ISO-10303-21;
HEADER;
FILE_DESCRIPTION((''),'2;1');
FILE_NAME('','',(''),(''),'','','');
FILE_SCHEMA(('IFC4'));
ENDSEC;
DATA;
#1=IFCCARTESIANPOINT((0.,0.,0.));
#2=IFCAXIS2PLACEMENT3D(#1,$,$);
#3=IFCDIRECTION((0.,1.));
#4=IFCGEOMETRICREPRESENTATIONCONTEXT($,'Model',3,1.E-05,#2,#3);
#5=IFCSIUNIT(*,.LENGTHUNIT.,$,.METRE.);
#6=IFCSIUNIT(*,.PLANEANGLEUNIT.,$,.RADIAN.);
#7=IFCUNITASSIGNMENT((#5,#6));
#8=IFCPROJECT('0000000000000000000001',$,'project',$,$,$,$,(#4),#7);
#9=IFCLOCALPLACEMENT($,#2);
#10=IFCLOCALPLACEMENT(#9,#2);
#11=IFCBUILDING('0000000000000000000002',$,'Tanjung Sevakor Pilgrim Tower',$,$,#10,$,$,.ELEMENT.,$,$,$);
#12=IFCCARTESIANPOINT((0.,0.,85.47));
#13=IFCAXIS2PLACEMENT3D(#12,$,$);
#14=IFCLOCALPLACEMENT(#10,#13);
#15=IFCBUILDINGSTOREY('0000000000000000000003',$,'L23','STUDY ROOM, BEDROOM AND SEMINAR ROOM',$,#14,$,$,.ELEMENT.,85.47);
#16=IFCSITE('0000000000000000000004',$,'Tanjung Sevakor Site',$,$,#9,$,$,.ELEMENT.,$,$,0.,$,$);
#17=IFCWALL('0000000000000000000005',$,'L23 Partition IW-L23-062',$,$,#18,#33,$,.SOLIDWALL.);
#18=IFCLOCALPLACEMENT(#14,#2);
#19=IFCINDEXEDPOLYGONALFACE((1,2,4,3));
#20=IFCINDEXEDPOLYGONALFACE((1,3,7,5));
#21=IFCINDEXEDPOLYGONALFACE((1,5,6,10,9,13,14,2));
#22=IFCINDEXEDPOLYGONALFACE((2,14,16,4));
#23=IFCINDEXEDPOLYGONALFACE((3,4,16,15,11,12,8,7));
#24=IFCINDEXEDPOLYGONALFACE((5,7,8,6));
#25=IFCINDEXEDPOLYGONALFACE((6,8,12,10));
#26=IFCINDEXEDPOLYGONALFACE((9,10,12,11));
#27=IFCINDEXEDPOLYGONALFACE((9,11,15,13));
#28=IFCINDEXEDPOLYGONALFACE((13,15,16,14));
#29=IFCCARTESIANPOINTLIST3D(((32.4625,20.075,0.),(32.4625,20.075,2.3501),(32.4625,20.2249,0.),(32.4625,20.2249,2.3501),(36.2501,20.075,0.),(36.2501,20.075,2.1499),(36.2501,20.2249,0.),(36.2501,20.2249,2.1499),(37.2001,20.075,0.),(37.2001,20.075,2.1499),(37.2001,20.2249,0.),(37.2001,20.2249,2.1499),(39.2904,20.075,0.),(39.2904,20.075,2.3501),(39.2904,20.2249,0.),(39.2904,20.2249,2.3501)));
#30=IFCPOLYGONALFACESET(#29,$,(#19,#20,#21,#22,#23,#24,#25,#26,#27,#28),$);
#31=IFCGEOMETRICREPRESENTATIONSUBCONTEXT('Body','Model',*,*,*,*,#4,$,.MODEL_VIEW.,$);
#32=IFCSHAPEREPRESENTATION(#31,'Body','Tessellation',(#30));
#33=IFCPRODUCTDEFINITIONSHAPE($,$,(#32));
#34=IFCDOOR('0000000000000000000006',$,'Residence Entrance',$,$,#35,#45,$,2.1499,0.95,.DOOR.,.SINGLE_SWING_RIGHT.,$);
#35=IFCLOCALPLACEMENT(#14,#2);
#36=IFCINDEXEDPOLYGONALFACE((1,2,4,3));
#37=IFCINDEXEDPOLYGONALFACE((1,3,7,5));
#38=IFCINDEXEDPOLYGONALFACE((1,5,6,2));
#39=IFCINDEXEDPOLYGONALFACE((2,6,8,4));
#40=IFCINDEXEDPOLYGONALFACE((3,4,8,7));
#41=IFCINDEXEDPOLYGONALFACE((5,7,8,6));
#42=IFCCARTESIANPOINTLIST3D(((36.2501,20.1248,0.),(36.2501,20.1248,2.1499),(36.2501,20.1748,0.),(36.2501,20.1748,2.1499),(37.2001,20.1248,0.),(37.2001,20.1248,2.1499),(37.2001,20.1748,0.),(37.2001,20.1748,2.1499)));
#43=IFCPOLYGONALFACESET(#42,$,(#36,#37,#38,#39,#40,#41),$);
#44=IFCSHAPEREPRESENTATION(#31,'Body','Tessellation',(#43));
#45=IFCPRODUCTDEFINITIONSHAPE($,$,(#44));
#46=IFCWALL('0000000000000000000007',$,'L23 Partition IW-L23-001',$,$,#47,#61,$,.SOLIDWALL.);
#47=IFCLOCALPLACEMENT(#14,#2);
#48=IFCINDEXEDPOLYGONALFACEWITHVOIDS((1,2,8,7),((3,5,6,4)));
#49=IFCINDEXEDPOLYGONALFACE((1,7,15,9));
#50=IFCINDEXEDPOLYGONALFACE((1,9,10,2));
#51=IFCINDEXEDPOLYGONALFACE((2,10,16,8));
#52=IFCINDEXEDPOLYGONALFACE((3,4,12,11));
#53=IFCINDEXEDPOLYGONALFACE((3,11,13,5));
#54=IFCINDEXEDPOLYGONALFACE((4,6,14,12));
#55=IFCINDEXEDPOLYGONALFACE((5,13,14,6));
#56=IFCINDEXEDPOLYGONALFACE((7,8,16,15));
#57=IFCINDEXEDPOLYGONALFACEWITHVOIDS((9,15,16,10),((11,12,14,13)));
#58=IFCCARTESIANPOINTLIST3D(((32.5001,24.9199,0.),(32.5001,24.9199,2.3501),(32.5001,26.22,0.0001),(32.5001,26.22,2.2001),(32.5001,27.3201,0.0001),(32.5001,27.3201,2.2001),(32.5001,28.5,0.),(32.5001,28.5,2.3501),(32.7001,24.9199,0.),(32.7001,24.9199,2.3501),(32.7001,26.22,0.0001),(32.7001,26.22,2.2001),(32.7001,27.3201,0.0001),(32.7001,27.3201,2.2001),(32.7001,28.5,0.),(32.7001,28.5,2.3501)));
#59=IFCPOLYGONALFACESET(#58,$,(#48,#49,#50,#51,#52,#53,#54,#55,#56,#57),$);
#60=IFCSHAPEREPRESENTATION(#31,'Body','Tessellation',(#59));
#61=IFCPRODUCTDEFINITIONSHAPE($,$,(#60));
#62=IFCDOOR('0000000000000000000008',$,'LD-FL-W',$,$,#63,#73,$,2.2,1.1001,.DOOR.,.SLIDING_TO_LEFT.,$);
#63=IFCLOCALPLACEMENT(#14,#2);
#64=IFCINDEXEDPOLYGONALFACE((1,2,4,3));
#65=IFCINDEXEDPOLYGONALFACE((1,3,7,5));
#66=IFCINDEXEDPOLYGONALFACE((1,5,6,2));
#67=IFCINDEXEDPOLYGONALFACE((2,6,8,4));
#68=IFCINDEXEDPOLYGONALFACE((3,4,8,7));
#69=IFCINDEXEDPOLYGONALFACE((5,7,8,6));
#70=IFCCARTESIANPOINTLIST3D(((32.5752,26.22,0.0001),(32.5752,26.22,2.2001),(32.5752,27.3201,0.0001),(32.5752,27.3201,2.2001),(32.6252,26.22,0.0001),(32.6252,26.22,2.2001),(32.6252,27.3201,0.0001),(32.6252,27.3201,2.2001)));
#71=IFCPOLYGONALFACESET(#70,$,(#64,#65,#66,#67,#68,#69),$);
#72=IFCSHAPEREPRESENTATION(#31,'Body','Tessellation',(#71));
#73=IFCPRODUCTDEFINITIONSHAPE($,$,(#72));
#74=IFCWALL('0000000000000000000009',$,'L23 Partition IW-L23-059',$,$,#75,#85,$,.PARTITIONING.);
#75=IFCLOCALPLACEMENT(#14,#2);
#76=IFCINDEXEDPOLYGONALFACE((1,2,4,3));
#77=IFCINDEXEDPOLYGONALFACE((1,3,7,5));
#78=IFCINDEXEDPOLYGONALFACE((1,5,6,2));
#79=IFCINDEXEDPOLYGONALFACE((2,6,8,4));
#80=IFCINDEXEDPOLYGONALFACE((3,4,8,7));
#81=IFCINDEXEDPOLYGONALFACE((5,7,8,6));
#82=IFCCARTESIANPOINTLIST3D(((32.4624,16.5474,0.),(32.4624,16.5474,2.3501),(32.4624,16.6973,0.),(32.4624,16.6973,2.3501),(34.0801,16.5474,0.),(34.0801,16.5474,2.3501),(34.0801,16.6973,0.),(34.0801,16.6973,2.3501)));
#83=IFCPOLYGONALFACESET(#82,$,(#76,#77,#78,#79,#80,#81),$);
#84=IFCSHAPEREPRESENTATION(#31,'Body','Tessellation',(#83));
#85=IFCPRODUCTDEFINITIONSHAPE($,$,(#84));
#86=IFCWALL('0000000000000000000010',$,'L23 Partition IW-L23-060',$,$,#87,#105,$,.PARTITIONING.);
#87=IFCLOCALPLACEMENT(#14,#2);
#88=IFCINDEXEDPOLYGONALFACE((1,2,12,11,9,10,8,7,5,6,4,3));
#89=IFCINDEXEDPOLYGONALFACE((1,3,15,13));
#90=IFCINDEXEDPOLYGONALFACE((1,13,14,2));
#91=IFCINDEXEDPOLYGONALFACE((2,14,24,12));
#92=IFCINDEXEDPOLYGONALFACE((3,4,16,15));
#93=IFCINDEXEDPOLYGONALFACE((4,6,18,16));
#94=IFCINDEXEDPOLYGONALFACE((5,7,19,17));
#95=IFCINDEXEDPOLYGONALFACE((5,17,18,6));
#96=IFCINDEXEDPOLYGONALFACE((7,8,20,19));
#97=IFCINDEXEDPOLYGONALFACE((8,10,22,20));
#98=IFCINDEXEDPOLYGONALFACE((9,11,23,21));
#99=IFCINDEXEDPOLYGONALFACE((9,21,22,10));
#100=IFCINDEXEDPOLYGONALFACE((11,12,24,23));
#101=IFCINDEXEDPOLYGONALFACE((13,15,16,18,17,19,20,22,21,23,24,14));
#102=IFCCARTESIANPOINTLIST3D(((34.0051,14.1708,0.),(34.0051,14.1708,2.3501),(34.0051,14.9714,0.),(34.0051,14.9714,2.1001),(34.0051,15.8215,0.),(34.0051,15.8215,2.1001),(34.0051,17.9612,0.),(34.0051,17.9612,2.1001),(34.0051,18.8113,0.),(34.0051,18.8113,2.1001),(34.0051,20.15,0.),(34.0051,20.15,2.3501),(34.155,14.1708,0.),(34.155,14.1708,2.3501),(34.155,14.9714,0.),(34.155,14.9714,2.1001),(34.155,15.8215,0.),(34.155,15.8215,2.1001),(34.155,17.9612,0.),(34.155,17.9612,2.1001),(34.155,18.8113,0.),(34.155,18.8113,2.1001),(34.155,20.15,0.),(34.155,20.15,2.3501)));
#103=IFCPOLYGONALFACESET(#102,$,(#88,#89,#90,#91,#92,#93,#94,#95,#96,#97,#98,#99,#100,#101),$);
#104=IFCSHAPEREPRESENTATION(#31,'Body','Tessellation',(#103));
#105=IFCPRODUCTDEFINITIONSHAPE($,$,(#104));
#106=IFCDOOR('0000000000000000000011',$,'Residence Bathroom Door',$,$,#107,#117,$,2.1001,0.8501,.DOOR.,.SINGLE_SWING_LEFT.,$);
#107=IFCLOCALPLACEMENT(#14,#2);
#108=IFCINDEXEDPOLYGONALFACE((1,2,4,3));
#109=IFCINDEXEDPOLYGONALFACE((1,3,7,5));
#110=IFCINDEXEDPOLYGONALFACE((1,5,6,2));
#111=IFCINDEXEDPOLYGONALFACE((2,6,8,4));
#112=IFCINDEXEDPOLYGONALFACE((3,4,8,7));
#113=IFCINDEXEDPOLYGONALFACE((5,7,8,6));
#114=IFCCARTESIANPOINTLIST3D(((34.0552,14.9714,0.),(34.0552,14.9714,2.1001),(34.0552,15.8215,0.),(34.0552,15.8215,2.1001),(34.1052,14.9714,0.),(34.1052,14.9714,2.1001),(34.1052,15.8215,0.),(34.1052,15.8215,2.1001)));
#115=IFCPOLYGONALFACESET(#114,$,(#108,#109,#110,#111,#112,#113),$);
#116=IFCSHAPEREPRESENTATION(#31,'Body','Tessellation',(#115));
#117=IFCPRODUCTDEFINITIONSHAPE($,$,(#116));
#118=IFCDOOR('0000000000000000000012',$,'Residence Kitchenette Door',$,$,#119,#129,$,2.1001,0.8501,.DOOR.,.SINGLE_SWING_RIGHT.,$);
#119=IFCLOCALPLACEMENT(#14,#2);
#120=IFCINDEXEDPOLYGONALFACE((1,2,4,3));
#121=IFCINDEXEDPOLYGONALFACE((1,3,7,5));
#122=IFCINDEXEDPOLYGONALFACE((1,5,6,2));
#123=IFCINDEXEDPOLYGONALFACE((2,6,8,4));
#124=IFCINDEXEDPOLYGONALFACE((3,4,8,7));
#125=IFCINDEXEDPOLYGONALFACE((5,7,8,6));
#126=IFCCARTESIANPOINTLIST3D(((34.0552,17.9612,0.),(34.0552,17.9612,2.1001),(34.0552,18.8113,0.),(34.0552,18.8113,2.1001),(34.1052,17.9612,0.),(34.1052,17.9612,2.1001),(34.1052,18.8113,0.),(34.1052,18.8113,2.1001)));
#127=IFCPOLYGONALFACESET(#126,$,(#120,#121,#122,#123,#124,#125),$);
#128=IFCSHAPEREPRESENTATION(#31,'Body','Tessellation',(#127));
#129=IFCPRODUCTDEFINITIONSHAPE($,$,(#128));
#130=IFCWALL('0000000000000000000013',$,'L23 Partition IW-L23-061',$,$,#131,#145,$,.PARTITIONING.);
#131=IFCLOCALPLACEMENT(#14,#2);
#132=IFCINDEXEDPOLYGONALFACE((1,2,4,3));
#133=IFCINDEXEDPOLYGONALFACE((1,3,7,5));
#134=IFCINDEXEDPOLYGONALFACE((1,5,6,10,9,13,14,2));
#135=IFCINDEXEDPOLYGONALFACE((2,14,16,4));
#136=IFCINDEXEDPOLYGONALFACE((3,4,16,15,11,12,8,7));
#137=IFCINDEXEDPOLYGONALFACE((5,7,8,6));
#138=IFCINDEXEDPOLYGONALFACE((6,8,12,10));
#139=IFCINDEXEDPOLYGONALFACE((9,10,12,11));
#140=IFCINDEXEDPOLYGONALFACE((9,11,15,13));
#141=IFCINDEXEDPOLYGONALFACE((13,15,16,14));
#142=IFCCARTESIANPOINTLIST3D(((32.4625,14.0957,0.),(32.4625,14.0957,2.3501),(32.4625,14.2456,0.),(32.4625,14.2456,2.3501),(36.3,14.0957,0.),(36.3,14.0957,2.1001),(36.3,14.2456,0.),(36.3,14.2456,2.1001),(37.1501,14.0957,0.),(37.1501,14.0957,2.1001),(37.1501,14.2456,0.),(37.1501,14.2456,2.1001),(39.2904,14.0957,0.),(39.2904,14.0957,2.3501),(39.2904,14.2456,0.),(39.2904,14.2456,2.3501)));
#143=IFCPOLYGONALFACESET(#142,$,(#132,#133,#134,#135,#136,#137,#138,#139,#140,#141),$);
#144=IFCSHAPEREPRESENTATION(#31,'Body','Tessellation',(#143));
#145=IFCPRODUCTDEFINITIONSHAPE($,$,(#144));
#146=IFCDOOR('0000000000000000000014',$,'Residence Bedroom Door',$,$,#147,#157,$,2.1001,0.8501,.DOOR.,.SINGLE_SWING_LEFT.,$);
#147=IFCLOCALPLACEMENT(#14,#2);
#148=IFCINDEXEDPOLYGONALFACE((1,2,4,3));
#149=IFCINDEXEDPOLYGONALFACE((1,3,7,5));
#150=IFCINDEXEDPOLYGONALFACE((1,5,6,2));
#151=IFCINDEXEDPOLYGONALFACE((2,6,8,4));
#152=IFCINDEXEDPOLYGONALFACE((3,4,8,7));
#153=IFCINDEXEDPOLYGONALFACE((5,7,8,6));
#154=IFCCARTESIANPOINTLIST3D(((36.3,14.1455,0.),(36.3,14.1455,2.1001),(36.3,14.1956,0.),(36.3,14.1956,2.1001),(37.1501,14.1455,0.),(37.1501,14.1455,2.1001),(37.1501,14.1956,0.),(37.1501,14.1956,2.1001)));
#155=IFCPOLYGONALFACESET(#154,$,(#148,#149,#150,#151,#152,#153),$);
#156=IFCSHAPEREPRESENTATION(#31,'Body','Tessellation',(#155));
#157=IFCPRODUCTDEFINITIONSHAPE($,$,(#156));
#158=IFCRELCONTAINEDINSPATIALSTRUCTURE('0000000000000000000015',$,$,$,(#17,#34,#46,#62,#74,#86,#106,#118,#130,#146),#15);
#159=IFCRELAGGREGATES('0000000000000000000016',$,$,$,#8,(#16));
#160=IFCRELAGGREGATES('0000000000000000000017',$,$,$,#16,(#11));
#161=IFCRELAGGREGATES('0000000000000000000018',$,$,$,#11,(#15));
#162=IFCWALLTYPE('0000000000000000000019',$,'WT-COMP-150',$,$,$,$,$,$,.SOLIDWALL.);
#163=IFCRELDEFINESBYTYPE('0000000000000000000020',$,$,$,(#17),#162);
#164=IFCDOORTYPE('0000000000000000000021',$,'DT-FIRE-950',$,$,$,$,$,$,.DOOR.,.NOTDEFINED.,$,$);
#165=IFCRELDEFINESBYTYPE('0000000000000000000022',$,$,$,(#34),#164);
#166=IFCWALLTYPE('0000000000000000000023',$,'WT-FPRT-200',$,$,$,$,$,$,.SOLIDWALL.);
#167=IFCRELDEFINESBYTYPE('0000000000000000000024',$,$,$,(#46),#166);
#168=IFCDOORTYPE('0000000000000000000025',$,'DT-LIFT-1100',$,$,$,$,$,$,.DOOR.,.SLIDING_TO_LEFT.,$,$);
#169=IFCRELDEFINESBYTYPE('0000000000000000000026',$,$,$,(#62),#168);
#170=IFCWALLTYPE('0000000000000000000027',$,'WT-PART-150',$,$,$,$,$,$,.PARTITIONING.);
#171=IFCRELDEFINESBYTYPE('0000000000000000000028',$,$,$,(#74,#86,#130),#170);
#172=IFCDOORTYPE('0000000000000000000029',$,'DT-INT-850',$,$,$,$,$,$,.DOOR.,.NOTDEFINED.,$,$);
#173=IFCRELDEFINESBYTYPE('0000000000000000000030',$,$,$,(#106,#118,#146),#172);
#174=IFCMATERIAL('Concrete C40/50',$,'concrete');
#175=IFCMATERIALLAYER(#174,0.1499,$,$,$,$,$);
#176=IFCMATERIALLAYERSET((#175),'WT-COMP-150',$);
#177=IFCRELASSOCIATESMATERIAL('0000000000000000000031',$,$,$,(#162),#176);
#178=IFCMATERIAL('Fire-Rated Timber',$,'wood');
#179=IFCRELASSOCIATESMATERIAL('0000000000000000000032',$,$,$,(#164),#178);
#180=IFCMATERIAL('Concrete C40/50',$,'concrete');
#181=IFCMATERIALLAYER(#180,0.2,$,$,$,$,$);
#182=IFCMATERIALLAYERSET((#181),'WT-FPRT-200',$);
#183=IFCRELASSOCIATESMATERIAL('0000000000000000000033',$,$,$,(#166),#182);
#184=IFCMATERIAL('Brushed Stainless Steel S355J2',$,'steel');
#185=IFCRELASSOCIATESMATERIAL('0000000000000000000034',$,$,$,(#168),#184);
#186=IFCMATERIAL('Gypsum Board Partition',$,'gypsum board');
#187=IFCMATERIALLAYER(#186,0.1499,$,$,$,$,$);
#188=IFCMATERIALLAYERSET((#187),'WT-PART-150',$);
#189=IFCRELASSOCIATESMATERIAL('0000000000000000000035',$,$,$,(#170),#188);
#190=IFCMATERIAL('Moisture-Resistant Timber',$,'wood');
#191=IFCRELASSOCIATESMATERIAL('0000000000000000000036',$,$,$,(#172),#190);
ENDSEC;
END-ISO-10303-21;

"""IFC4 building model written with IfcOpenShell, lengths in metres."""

from ifc_helpers import new_model, si_unit, direction, frame, frame_2d, origin, place, context, subcontext, project, spatial, rectangle, extrude, material, layer, layer_set, type_object, element, fill, save


model = new_model("IFC4")

# Units and contexts
model_context = context("Model", 3, precision=1e-05, world=origin(), true_north=direction((0.0, 1.0)))
body_context = subcontext(model_context, "Body", "Model", "MODEL_VIEW")
ifc_project = project(units=[si_unit("LENGTHUNIT", "METRE"), si_unit("PLANEANGLEUNIT", "RADIAN")], contexts=[model_context])

# Site, building, storey
site_placement = place(None, origin())
site = spatial("IfcSite", under=ifc_project, at=site_placement, Name="Tanjung Sevakor Site", CompositionType="ELEMENT", RefElevation=0.0)
building_placement = place(site_placement, origin())
building = spatial("IfcBuilding", under=site, at=building_placement, Name="Tanjung Sevakor Pilgrim Tower", CompositionType="ELEMENT")
storey_placement = place(building_placement, frame((0.0, 0.0, 85.47)))
storey = spatial("IfcBuildingStorey", under=building, at=storey_placement, Name="L23", Description="STUDY ROOM, BEDROOM AND SEMINAR ROOM", CompositionType="ELEMENT", Elevation=85.47)

# Shared definitions
ifc_material_1 = material(Name="Concrete C40/50", Category="concrete")
ifc_layer_1 = layer(ifc_material_1, 0.1499)
ifc_layer_set_1 = layer_set([ifc_layer_1], Name="WT-COMP-150")
wall_type_1 = type_object("IfcWallType", Name="WT-COMP-150", PredefinedType="SOLIDWALL", material=ifc_layer_set_1)

# Shared definitions
ifc_material_2 = material(Name="Fire-Rated Timber", Category="wood")
door_type_1 = type_object("IfcDoorType", Name="DT-FIRE-950", OperationType="NOTDEFINED", PredefinedType="DOOR", material=ifc_material_2)

# Walls, openings, doors
wall_1_placement = place(storey_placement, frame((32.4624, 20.1499, 0.0), z_axis=(0.0, 0.0, 1.0), x_axis=(1.0, 0.0, 0.0)))
wall_1 = element("IfcWall", 1, at=wall_1_placement, inside=storey, type_object=wall_type_1, Name="L23 Partition IW-L23-062", PredefinedType="SOLIDWALL", context=body_context, shape_type="SweptSolid", body=[
    extrude(rectangle(XDim=6.8279, YDim=0.1499, at=frame_2d((3.4141, 0.0))), origin(), (0.0, 0.0, 1.0), 2.3501),
])
opening_1_placement = place(wall_1_placement, frame((3.7876, 0.0, 0.0)))
opening_1 = element("IfcOpeningElement", 2, at=opening_1_placement, cuts=wall_1, PredefinedType="OPENING", context=body_context, shape_type="SweptSolid", body=[
    extrude(rectangle(XDim=0.95, YDim=2.1499, at=frame_2d((0.4751, 1.075))), frame((0.0, 0.085, 0.0), z_axis=(0.0, -1.0, 0.0), x_axis=(1.0, 0.0, 0.0)), (0.0, 0.0, 1.0), 0.1699),
])
door_1_placement = place(opening_1_placement, origin())
door_1 = element("IfcDoor", 3, at=door_1_placement, inside=storey, type_object=door_type_1, Name="Residence Entrance", OperationType="SINGLE_SWING_RIGHT", OverallHeight=2.1499, OverallWidth=0.95, PredefinedType="DOOR", context=body_context, shape_type="SweptSolid", body=[
    extrude(rectangle(XDim=0.95, YDim=2.1499, at=frame_2d((0.4751, 1.075))), frame((0.0, 0.0249, 0.0), z_axis=(0.0, -1.0, 0.0), x_axis=(1.0, 0.0, 0.0)), (0.0, 0.0, 1.0), 0.05),
])
fill(opening_1, door_1)
ifc_material_3 = material(Name="Concrete C40/50", Category="concrete")
ifc_layer_2 = layer(ifc_material_3, 0.2)
ifc_layer_set_2 = layer_set([ifc_layer_2], Name="WT-FPRT-200")
wall_type_2 = type_object("IfcWallType", Name="WT-FPRT-200", PredefinedType="SOLIDWALL", material=ifc_layer_set_2)
wall_2_placement = place(storey_placement, frame((32.6001, 24.9199, 0.0), z_axis=(0.0, 0.0, 1.0), x_axis=(0.0, 1.0, 0.0)))
wall_2 = element("IfcWall", 4, at=wall_2_placement, inside=storey, type_object=wall_type_2, Name="L23 Partition IW-L23-001", PredefinedType="SOLIDWALL", context=body_context, shape_type="SweptSolid", body=[
    extrude(rectangle(XDim=3.5801, YDim=0.2, at=frame_2d((1.79, 0.0))), origin(), (0.0, 0.0, 1.0), 2.3501),
])
opening_2_placement = place(wall_2_placement, frame((1.3, 0.0, 0.0)))
opening_2 = element("IfcOpeningElement", 5, at=opening_2_placement, cuts=wall_2, PredefinedType="OPENING", context=body_context, shape_type="SweptSolid", body=[
    extrude(rectangle(XDim=1.1001, YDim=2.2, at=frame_2d((0.55, 1.1001))), frame((0.0, 0.1099, 0.0), z_axis=(0.0, -1.0, 0.0), x_axis=(1.0, 0.0, 0.0)), (0.0, 0.0, 1.0), 0.22),
])
ifc_material_4 = material(Name="Brushed Stainless Steel S355J2", Category="steel")
door_type_2 = type_object("IfcDoorType", Name="DT-LIFT-1100", OperationType="SLIDING_TO_LEFT", PredefinedType="DOOR", material=ifc_material_4)
door_2_placement = place(opening_2_placement, origin())
door_2 = element("IfcDoor", 6, at=door_2_placement, inside=storey, type_object=door_type_2, Name="LD-FL-W", OperationType="SLIDING_TO_LEFT", OverallHeight=2.2, OverallWidth=1.1001, PredefinedType="DOOR", context=body_context, shape_type="SweptSolid", body=[
    extrude(rectangle(XDim=1.1001, YDim=2.2, at=frame_2d((0.55, 1.1001))), frame((0.0, 0.0249, 0.0), z_axis=(0.0, -1.0, 0.0), x_axis=(1.0, 0.0, 0.0)), (0.0, 0.0, 1.0), 0.05),
])
fill(opening_2, door_2)

# Wall
ifc_material_5 = material(Name="Gypsum Board Partition", Category="gypsum board")
ifc_layer_3 = layer(ifc_material_5, 0.1499)
ifc_layer_set_3 = layer_set([ifc_layer_3], Name="WT-PART-150")
wall_type_3 = type_object("IfcWallType", Name="WT-PART-150", PredefinedType="PARTITIONING", material=ifc_layer_set_3)
wall_3_placement = place(storey_placement, frame((32.4624, 16.6223, 0.0), z_axis=(0.0, 0.0, 1.0), x_axis=(1.0, 0.0, 0.0)))
element("IfcWall", 7, at=wall_3_placement, inside=storey, type_object=wall_type_3, Name="L23 Partition IW-L23-059", PredefinedType="PARTITIONING", context=body_context, shape_type="SweptSolid", body=[
    extrude(rectangle(XDim=1.6177, YDim=0.1499, at=frame_2d((0.8088, 0.0))), origin(), (0.0, 0.0, 1.0), 2.3501),
])

# Wall, openings, doors
wall_4_placement = place(storey_placement, frame((34.0801, 14.1707, 0.0), z_axis=(0.0, 0.0, 1.0), x_axis=(0.0, 1.0, 0.0)))
wall_4 = element("IfcWall", 8, at=wall_4_placement, inside=storey, type_object=wall_type_3, Name="L23 Partition IW-L23-060", PredefinedType="PARTITIONING", context=body_context, shape_type="SweptSolid", body=[
    extrude(rectangle(XDim=5.9792, YDim=0.1499, at=frame_2d((2.9897, 0.0))), origin(), (0.0, 0.0, 1.0), 2.3501),
])
opening_3_placement = place(wall_4_placement, frame((0.8008, 0.0, 0.0)))
opening_3 = element("IfcOpeningElement", 9, at=opening_3_placement, cuts=wall_4, PredefinedType="OPENING", context=body_context, shape_type="SweptSolid", body=[
    extrude(rectangle(XDim=0.8501, YDim=2.1001, at=frame_2d((0.425, 1.05))), frame((0.0, 0.085, 0.0), z_axis=(0.0, -1.0, 0.0), x_axis=(1.0, 0.0, 0.0)), (0.0, 0.0, 1.0), 0.1699),
])
opening_4_placement = place(wall_4_placement, frame((3.7905, 0.0, 0.0)))
opening_4 = element("IfcOpeningElement", 10, at=opening_4_placement, cuts=wall_4, PredefinedType="OPENING", context=body_context, shape_type="SweptSolid", body=[
    extrude(rectangle(XDim=0.8501, YDim=2.1001, at=frame_2d((0.425, 1.05))), frame((0.0, 0.085, 0.0), z_axis=(0.0, -1.0, 0.0), x_axis=(1.0, 0.0, 0.0)), (0.0, 0.0, 1.0), 0.1699),
])
ifc_material_6 = material(Name="Moisture-Resistant Timber", Category="wood")
door_type_3 = type_object("IfcDoorType", Name="DT-INT-850", OperationType="NOTDEFINED", PredefinedType="DOOR", material=ifc_material_6)
door_3_placement = place(opening_3_placement, origin())
door_3 = element("IfcDoor", 11, at=door_3_placement, inside=storey, type_object=door_type_3, Name="Residence Bathroom Door", OperationType="SINGLE_SWING_LEFT", OverallHeight=2.1001, OverallWidth=0.8501, PredefinedType="DOOR", context=body_context, shape_type="SweptSolid", body=[
    extrude(rectangle(XDim=0.8501, YDim=2.1001, at=frame_2d((0.425, 1.05))), frame((0.0, 0.0249, 0.0), z_axis=(0.0, -1.0, 0.0), x_axis=(1.0, 0.0, 0.0)), (0.0, 0.0, 1.0), 0.05),
])
fill(opening_3, door_3)
door_4_placement = place(opening_4_placement, origin())
door_4 = element("IfcDoor", 12, at=door_4_placement, inside=storey, type_object=door_type_3, Name="Residence Kitchenette Door", OperationType="SINGLE_SWING_RIGHT", OverallHeight=2.1001, OverallWidth=0.8501, PredefinedType="DOOR", context=body_context, shape_type="SweptSolid", body=[
    extrude(rectangle(XDim=0.8501, YDim=2.1001, at=frame_2d((0.425, 1.05))), frame((0.0, 0.0249, 0.0), z_axis=(0.0, -1.0, 0.0), x_axis=(1.0, 0.0, 0.0)), (0.0, 0.0, 1.0), 0.05),
])
fill(opening_4, door_4)

# Wall, opening, door
wall_5_placement = place(storey_placement, frame((32.4624, 14.1707, 0.0), z_axis=(0.0, 0.0, 1.0), x_axis=(1.0, 0.0, 0.0)))
wall_5 = element("IfcWall", 13, at=wall_5_placement, inside=storey, type_object=wall_type_3, Name="L23 Partition IW-L23-061", PredefinedType="PARTITIONING", context=body_context, shape_type="SweptSolid", body=[
    extrude(rectangle(XDim=6.8279, YDim=0.1499, at=frame_2d((3.4141, 0.0))), origin(), (0.0, 0.0, 1.0), 2.3501),
])
opening_5_placement = place(wall_5_placement, frame((3.8376, 0.0, 0.0)))
opening_5 = element("IfcOpeningElement", 14, at=opening_5_placement, cuts=wall_5, PredefinedType="OPENING", context=body_context, shape_type="SweptSolid", body=[
    extrude(rectangle(XDim=0.8501, YDim=2.1001, at=frame_2d((0.425, 1.05))), frame((0.0, 0.085, 0.0), z_axis=(0.0, -1.0, 0.0), x_axis=(1.0, 0.0, 0.0)), (0.0, 0.0, 1.0), 0.1699),
])
door_5_placement = place(opening_5_placement, origin())
door_5 = element("IfcDoor", 15, at=door_5_placement, inside=storey, type_object=door_type_3, Name="Residence Bedroom Door", OperationType="SINGLE_SWING_LEFT", OverallHeight=2.1001, OverallWidth=0.8501, PredefinedType="DOOR", context=body_context, shape_type="SweptSolid", body=[
    extrude(rectangle(XDim=0.8501, YDim=2.1001, at=frame_2d((0.425, 1.05))), frame((0.0, 0.0249, 0.0), z_axis=(0.0, -1.0, 0.0), x_axis=(1.0, 0.0, 0.0)), (0.0, 0.0, 1.0), 0.05),
])
fill(opening_5, door_5)

save(model, "model.ifc")
